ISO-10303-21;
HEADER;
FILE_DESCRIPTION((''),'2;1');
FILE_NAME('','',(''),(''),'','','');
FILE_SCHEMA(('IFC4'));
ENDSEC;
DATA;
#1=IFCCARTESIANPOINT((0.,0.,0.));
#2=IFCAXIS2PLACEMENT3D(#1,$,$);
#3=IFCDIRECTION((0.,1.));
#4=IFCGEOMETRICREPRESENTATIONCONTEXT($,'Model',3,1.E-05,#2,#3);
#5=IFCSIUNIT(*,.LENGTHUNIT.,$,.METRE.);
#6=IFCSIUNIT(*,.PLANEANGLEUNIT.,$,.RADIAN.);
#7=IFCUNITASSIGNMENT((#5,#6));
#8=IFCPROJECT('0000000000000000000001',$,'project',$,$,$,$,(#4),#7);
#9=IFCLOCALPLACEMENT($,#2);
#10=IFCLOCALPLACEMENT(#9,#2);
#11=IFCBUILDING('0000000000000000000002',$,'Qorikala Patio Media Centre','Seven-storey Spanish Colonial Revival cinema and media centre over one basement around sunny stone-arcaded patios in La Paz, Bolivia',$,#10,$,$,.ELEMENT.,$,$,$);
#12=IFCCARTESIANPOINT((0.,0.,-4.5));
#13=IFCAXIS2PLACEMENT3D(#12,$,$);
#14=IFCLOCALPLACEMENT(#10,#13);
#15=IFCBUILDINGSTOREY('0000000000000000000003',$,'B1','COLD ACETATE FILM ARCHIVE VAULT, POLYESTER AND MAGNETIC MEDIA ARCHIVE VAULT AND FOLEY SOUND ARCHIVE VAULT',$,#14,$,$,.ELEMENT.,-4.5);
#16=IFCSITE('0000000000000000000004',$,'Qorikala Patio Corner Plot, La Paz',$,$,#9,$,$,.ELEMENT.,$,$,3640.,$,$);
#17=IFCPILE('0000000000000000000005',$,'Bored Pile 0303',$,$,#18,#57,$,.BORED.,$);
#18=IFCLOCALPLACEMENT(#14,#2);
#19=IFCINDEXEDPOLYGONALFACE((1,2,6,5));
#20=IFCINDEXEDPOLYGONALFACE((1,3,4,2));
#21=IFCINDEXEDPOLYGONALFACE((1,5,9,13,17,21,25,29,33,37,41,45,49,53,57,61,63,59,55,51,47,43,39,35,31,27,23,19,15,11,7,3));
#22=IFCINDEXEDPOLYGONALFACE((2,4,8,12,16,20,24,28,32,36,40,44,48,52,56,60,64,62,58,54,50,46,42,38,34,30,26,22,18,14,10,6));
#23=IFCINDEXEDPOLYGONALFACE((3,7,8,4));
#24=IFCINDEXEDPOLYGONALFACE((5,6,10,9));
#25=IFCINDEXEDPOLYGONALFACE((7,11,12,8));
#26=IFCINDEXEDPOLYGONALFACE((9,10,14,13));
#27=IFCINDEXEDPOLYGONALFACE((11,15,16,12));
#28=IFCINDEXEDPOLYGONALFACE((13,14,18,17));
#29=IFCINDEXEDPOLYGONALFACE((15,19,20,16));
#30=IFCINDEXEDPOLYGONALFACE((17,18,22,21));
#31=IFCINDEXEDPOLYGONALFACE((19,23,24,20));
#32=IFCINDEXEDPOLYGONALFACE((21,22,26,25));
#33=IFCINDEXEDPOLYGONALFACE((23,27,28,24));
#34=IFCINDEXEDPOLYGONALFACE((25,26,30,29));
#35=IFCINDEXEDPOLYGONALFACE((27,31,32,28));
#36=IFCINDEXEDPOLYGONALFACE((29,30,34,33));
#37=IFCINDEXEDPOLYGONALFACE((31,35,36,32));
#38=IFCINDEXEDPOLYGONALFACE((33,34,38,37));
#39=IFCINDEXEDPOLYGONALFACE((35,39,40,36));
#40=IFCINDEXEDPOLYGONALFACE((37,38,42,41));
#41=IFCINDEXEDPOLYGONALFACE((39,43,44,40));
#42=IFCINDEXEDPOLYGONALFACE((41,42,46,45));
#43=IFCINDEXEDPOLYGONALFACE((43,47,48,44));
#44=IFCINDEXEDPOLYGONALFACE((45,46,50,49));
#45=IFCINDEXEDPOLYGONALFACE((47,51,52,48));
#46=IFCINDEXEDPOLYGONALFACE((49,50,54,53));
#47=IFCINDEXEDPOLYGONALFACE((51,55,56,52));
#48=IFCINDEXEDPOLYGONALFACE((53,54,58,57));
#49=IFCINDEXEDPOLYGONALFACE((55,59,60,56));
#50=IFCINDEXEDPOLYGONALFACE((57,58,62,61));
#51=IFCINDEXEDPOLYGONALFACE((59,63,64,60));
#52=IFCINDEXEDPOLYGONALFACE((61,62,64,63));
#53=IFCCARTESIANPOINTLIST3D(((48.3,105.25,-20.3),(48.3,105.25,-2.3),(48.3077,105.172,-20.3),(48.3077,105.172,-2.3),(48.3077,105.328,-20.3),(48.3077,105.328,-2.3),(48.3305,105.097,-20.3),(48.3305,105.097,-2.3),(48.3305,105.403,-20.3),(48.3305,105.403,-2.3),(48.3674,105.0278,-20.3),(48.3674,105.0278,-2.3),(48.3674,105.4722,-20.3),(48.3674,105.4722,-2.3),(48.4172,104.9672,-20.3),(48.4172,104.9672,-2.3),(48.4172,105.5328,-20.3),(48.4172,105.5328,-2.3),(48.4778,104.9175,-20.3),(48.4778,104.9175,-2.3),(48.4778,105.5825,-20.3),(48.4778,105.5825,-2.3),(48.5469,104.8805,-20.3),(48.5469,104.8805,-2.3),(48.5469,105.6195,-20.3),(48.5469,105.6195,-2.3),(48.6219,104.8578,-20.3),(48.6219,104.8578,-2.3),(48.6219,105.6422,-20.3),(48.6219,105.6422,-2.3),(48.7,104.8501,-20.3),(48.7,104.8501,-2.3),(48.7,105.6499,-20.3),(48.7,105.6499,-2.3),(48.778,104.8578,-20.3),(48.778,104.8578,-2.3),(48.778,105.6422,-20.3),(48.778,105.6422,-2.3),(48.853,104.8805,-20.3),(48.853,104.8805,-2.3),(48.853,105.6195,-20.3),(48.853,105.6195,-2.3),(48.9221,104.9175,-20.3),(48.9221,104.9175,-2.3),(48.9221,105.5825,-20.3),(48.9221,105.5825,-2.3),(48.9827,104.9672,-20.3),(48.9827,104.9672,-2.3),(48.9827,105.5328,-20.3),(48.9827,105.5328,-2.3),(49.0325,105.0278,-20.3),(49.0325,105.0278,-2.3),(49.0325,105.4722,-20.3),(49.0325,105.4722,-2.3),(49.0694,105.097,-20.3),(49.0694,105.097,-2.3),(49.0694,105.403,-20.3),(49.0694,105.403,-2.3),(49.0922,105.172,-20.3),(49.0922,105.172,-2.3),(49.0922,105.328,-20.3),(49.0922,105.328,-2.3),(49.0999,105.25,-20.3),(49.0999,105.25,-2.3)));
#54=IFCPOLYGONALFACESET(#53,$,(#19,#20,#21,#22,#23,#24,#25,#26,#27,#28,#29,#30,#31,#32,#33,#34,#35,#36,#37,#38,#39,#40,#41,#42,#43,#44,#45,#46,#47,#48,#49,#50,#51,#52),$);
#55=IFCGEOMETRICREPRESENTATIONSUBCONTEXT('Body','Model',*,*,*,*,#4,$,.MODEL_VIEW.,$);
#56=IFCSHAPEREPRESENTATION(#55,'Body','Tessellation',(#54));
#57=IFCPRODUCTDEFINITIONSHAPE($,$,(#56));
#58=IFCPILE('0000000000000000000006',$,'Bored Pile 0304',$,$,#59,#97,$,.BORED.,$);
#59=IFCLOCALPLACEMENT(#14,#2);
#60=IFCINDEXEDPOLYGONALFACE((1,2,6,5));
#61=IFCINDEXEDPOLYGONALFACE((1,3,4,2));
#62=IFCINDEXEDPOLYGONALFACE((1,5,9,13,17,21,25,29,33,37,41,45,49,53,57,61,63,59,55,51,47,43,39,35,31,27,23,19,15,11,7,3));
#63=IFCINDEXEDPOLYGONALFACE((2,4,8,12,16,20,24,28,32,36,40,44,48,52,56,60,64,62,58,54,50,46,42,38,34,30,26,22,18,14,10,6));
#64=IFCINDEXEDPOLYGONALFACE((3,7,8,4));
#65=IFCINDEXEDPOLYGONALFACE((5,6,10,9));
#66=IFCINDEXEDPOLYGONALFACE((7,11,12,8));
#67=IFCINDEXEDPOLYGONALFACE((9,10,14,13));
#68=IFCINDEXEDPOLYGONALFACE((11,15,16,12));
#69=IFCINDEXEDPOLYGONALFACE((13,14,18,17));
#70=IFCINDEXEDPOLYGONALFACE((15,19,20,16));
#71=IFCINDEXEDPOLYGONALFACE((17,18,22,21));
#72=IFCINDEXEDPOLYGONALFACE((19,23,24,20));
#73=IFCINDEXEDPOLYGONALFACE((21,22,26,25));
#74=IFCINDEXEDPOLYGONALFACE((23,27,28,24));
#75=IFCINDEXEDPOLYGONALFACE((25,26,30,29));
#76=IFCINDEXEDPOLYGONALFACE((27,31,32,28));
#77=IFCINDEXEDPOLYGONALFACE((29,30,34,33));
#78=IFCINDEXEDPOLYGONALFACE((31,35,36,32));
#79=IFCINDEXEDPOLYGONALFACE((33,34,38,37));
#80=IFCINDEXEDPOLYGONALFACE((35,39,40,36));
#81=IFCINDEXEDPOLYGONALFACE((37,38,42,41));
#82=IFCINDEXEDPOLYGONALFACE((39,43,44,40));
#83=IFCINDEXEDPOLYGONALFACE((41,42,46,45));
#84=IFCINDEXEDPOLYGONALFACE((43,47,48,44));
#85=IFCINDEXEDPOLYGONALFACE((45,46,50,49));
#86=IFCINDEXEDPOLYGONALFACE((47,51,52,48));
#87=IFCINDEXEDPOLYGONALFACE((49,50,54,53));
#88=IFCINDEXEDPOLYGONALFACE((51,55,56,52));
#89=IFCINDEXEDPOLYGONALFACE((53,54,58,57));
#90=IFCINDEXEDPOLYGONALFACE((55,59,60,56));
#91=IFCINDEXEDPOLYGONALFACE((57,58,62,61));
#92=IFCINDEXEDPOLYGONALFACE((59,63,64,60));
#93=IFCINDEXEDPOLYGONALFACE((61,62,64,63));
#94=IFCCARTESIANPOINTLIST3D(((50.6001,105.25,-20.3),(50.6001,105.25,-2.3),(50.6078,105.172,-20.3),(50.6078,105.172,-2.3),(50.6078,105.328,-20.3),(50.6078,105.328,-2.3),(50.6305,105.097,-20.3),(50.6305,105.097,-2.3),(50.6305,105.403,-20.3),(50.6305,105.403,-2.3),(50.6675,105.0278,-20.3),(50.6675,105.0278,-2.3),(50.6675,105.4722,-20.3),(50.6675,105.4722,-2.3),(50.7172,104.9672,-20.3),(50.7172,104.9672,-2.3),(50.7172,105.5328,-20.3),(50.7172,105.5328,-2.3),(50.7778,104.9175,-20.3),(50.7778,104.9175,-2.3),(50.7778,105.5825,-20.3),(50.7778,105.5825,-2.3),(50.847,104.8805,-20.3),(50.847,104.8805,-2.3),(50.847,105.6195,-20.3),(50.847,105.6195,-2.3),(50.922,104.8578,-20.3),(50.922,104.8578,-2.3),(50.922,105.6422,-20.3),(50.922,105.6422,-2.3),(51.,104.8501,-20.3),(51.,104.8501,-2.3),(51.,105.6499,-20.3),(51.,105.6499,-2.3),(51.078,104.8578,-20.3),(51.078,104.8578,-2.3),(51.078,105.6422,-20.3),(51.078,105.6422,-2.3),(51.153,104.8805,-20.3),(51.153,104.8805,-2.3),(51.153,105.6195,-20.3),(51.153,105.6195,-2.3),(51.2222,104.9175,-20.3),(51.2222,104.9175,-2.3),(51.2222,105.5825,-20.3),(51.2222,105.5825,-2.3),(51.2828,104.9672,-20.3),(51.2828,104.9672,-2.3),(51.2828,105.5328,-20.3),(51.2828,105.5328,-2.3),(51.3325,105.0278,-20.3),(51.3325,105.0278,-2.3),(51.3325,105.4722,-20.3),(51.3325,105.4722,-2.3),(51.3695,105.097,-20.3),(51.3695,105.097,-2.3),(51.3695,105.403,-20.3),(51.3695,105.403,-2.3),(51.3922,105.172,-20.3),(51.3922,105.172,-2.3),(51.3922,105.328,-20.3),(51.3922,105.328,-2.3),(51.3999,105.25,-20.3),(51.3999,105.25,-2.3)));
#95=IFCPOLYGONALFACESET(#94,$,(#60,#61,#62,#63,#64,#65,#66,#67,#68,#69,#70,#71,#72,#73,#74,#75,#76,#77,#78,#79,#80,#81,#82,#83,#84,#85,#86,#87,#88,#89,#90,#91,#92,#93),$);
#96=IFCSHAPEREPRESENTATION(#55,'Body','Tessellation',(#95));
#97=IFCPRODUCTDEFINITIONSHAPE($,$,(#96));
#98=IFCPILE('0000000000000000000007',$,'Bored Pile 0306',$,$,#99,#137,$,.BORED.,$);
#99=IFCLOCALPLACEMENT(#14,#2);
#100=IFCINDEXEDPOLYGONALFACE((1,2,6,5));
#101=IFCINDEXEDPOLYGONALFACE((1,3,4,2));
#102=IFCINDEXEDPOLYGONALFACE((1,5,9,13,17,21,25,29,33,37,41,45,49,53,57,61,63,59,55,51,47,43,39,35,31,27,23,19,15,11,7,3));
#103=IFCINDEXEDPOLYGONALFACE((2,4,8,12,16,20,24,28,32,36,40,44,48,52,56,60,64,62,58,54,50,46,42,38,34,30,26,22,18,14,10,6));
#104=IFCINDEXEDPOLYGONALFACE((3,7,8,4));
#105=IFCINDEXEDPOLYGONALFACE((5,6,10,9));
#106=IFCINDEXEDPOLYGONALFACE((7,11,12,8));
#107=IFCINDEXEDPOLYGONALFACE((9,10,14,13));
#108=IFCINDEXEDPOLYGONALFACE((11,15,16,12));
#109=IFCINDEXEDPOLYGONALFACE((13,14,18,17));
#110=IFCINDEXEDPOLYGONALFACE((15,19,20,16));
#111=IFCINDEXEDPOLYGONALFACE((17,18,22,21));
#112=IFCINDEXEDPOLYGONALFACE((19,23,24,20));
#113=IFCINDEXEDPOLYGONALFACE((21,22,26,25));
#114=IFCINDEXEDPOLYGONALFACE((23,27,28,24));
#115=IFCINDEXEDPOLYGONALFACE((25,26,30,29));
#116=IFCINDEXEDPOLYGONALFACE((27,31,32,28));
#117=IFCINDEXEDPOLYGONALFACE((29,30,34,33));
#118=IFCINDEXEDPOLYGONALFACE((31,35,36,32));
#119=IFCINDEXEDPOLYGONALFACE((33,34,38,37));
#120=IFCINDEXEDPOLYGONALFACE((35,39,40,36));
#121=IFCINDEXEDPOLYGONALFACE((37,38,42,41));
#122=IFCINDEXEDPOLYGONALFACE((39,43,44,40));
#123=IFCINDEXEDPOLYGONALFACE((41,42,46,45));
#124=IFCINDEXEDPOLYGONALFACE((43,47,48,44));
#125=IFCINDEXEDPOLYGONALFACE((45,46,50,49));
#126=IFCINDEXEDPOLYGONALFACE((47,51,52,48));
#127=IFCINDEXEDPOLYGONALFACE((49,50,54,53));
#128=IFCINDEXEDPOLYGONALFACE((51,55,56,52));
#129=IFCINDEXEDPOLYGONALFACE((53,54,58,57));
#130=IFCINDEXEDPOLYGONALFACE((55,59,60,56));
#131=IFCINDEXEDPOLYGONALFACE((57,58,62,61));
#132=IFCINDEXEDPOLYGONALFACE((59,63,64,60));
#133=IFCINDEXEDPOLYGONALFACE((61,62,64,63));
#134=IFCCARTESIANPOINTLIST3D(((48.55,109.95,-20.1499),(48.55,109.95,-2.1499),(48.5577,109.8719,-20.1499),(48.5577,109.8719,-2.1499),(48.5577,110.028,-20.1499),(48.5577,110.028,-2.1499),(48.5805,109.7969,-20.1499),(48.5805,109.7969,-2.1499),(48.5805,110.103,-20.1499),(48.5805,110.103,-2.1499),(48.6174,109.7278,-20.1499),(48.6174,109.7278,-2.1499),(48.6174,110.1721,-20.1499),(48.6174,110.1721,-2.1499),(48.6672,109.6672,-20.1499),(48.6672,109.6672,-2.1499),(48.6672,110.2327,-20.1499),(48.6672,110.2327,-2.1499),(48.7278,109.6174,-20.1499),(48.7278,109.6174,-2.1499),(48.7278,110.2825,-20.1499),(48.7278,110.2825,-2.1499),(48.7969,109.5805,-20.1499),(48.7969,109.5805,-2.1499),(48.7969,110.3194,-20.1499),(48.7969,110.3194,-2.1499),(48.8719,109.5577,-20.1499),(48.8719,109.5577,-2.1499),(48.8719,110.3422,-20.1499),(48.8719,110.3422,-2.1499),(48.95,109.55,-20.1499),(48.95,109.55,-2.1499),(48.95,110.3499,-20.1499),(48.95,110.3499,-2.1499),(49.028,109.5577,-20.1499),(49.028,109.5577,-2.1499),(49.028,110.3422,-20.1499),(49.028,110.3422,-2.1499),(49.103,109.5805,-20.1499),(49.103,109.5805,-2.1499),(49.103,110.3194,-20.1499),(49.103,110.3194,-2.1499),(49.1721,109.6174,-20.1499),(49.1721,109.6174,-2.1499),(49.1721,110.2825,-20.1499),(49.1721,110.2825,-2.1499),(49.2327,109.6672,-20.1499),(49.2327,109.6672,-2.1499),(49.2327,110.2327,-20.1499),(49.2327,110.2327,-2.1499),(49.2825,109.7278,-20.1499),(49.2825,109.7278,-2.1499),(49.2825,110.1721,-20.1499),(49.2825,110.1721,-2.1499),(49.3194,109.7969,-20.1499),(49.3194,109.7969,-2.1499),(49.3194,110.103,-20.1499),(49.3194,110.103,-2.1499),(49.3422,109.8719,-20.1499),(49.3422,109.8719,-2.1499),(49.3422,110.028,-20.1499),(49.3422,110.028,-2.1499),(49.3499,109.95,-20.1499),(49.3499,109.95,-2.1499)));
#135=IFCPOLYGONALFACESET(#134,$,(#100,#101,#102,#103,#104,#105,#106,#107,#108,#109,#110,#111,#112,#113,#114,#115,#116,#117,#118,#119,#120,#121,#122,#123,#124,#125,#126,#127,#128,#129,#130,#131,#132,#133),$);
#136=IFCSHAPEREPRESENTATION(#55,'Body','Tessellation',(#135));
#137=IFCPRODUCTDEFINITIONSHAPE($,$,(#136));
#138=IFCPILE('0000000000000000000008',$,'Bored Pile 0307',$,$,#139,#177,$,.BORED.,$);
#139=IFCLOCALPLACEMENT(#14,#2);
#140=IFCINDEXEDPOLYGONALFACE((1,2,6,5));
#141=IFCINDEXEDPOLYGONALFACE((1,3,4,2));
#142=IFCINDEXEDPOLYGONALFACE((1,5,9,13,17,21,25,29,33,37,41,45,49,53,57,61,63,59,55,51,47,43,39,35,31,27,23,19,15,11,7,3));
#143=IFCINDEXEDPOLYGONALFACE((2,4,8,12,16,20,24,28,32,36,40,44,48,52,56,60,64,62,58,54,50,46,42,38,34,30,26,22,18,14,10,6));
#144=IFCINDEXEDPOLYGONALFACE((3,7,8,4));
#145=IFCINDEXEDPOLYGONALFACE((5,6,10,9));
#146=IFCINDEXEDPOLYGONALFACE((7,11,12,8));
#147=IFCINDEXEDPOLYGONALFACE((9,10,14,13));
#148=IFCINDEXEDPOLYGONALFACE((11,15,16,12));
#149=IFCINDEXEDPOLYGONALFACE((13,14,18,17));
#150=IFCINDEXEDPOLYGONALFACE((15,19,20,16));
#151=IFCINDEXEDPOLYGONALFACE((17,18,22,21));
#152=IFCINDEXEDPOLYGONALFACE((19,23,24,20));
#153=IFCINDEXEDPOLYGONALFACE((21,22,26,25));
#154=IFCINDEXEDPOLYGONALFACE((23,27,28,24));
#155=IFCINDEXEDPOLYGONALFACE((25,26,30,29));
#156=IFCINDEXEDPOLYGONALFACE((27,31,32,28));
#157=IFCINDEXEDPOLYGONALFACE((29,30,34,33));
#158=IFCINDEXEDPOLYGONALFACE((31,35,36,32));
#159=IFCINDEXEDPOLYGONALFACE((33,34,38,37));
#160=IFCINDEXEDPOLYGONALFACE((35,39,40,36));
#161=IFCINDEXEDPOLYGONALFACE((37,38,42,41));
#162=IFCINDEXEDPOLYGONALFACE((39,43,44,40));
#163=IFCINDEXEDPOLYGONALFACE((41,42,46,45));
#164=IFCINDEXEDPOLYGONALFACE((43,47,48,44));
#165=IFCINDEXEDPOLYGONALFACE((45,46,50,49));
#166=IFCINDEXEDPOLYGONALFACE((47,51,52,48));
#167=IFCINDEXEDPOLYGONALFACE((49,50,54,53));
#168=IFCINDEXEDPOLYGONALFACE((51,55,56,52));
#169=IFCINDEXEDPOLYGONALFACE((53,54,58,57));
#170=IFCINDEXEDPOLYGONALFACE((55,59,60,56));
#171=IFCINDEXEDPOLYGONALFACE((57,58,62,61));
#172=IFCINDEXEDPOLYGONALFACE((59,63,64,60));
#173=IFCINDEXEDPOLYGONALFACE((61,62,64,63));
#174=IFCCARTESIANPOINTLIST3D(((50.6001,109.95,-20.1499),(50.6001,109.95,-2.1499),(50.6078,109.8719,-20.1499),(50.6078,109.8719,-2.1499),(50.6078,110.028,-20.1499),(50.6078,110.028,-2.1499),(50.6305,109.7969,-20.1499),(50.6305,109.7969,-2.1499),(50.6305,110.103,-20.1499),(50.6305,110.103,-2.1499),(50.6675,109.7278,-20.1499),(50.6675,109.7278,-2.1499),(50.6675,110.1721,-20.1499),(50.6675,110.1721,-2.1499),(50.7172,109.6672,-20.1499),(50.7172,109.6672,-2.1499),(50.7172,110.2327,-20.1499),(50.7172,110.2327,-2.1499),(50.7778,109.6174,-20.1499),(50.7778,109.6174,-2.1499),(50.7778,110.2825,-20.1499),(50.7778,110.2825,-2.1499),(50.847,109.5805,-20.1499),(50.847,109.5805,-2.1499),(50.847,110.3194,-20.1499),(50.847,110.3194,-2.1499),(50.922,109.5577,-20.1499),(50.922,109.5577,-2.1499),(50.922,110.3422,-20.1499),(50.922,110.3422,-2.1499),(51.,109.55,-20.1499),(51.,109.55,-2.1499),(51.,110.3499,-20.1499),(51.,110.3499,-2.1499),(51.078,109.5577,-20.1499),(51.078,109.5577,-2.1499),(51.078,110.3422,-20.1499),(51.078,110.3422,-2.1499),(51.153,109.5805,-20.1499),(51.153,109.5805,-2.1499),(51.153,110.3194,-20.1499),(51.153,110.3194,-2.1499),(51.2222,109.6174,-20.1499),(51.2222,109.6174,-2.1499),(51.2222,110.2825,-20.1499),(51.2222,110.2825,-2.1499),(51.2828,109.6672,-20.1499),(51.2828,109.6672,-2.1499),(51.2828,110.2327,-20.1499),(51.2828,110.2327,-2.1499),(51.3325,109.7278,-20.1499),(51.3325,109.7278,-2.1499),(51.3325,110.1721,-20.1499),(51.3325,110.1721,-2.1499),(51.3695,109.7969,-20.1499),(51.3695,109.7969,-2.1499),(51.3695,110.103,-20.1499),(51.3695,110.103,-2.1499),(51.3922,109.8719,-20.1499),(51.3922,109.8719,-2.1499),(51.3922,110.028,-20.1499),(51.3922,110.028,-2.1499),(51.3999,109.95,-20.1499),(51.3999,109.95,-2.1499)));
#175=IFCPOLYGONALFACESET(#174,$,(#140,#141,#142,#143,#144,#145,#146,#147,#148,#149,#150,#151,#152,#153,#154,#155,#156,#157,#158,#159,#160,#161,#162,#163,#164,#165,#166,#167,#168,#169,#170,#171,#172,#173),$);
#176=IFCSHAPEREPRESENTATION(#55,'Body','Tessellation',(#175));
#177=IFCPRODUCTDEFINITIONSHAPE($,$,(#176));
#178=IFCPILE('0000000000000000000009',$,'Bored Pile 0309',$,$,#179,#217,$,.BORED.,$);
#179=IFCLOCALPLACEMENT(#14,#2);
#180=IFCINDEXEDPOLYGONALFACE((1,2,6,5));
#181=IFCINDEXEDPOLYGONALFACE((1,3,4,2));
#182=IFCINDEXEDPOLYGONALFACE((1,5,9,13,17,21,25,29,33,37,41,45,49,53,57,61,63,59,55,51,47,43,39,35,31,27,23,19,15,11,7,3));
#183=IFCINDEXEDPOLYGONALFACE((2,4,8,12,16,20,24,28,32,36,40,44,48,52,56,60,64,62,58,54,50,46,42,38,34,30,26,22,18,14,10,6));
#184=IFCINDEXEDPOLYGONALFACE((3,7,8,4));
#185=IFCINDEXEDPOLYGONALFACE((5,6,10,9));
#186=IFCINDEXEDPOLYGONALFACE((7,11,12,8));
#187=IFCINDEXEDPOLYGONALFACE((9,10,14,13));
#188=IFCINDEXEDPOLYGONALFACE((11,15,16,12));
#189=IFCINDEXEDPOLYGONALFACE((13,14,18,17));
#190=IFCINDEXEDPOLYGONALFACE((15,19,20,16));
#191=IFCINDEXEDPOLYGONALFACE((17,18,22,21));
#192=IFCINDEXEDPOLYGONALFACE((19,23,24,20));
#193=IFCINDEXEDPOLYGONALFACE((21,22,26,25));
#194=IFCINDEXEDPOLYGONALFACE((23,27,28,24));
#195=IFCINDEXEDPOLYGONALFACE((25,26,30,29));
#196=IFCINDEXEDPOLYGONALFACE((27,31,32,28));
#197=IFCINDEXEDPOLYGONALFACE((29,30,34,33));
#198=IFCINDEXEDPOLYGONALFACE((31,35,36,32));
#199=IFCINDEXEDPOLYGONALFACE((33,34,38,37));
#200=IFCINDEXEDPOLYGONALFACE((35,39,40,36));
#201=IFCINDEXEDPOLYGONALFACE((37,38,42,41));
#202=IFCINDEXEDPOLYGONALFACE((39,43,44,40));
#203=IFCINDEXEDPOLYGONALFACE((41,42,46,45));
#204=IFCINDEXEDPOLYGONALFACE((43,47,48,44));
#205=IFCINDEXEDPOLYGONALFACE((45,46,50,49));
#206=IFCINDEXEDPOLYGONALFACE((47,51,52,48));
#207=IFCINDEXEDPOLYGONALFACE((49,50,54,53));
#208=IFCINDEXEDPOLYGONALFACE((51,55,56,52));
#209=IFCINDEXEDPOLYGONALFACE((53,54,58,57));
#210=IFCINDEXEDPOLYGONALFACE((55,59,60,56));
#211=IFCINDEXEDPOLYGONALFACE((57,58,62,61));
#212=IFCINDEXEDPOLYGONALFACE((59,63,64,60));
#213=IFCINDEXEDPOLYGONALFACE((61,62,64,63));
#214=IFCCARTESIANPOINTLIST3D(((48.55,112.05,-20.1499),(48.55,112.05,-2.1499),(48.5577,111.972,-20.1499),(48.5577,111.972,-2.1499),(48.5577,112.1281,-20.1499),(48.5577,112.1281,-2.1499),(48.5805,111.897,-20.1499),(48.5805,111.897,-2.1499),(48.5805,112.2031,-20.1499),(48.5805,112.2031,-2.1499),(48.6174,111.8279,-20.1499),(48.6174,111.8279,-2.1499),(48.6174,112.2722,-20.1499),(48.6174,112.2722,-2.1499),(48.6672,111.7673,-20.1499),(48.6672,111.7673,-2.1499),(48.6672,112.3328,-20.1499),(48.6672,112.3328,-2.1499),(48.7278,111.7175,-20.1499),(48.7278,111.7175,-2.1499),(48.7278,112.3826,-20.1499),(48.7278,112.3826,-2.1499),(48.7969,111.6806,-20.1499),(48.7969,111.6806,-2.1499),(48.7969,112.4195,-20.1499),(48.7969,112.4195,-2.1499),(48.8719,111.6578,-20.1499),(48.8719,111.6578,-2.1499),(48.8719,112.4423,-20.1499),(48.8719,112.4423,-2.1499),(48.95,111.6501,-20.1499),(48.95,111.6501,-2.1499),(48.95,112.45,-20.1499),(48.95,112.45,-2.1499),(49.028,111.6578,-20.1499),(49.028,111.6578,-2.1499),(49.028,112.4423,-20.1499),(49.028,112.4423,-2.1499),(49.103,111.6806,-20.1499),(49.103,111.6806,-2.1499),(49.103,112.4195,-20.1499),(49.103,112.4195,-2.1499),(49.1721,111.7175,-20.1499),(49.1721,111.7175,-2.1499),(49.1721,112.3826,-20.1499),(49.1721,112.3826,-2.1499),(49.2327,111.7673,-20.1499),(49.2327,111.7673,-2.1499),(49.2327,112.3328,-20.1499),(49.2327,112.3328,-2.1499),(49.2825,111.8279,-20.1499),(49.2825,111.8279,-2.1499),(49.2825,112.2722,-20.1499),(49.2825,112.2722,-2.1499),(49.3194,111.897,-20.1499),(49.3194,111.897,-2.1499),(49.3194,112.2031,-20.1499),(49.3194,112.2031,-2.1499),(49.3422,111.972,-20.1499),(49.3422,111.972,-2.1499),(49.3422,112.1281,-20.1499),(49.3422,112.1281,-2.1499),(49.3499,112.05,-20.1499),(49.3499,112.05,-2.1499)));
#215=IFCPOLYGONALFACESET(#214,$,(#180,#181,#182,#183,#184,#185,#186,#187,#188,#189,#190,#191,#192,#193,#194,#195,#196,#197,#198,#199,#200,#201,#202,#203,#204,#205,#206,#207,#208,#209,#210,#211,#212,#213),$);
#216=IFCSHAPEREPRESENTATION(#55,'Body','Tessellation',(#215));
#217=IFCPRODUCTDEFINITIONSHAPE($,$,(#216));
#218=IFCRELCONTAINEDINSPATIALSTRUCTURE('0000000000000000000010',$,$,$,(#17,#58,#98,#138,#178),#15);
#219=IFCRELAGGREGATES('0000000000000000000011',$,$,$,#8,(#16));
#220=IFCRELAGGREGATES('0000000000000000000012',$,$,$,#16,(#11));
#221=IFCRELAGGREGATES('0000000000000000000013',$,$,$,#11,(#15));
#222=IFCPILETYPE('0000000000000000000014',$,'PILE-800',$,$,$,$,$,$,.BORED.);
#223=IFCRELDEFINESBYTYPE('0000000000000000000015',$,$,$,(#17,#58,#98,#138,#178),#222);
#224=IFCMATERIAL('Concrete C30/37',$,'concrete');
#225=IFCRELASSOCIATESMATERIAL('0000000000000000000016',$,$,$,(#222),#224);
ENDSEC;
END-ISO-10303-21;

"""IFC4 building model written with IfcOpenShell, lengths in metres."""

from ifc_helpers import new_model, si_unit, direction, frame, origin, origin_2d, place, context, subcontext, project, spatial, circle, extrude, material, material_profile, profile_set, type_object, element, save


model = new_model("IFC4")

# Units and contexts
model_context = context("Model", 3, precision=1e-05, world=origin(), true_north=direction((0.0, 1.0)))
body_context = subcontext(model_context, "Body", "Model", "MODEL_VIEW")
ifc_project = project(units=[si_unit("LENGTHUNIT", "METRE"), si_unit("PLANEANGLEUNIT", "RADIAN")], contexts=[model_context])

# Site, building, storey
site_placement = place(None, origin())
site = spatial("IfcSite", under=ifc_project, at=site_placement, Name="Qorikala Patio Corner Plot, La Paz", CompositionType="ELEMENT", RefElevation=3640.0)
building_placement = place(site_placement, origin())
building = spatial("IfcBuilding", under=site, at=building_placement, Name="Qorikala Patio Media Centre", Description="Seven-storey Spanish Colonial Revival cinema and media centre over one basement around sunny stone-arcaded patios in La Paz, Bolivia", CompositionType="ELEMENT")
storey_placement = place(building_placement, frame((0.0, 0.0, -4.5)))
storey = spatial("IfcBuildingStorey", under=building, at=storey_placement, Name="B1", Description="COLD ACETATE FILM ARCHIVE VAULT, POLYESTER AND MAGNETIC MEDIA ARCHIVE VAULT AND FOLEY SOUND ARCHIVE VAULT", CompositionType="ELEMENT", Elevation=-4.5)

# Shared definitions
ifc_material_1 = material(Name="Concrete C30/37", Category="concrete")

# Piles
ifc_material_profile_1 = material_profile(ifc_material_1, circle(Radius=0.3999, at=origin_2d()), Name="BORED PILE 800")
ifc_profile_set_1 = profile_set([ifc_material_profile_1], Name="Concrete C30/37")
pile_type_1 = type_object("IfcPileType", Name="PILE-800", PredefinedType="BORED", material=ifc_profile_set_1)
for number, where, z_axis, x_axis, name in (
    (1, (48.7, 105.25, -2.3), (0.0, 0.0, -1.0), (1.0, 0.0, 0.0), "Bored Pile 0303"),
    (2, (51.0, 105.25, -2.3), (0.0, 0.0, -1.0), (1.0, 0.0, 0.0), "Bored Pile 0304"),
    (3, (48.95, 109.95, -2.1499), (0.0, 0.0, -1.0), (1.0, 0.0, 0.0), "Bored Pile 0306"),
    (4, (51.0, 109.95, -2.1499), (0.0, 0.0, -1.0), (1.0, 0.0, 0.0), "Bored Pile 0307"),
    (5, (48.95, 112.05, -2.1499), (0.0, 0.0, -1.0), (1.0, 0.0, 0.0), "Bored Pile 0309"),
):
    element("IfcPile", number, at=place(storey_placement, frame(where, z_axis=z_axis, x_axis=x_axis)), inside=storey, type_object=pile_type_1, Name=name, PredefinedType="BORED", context=body_context, shape_type="SweptSolid", body=[
        extrude(circle(Radius=0.3999, at=origin_2d()), origin(), (0.0, 0.0, 1.0), 18.0),
    ])

save(model, "model.ifc")
